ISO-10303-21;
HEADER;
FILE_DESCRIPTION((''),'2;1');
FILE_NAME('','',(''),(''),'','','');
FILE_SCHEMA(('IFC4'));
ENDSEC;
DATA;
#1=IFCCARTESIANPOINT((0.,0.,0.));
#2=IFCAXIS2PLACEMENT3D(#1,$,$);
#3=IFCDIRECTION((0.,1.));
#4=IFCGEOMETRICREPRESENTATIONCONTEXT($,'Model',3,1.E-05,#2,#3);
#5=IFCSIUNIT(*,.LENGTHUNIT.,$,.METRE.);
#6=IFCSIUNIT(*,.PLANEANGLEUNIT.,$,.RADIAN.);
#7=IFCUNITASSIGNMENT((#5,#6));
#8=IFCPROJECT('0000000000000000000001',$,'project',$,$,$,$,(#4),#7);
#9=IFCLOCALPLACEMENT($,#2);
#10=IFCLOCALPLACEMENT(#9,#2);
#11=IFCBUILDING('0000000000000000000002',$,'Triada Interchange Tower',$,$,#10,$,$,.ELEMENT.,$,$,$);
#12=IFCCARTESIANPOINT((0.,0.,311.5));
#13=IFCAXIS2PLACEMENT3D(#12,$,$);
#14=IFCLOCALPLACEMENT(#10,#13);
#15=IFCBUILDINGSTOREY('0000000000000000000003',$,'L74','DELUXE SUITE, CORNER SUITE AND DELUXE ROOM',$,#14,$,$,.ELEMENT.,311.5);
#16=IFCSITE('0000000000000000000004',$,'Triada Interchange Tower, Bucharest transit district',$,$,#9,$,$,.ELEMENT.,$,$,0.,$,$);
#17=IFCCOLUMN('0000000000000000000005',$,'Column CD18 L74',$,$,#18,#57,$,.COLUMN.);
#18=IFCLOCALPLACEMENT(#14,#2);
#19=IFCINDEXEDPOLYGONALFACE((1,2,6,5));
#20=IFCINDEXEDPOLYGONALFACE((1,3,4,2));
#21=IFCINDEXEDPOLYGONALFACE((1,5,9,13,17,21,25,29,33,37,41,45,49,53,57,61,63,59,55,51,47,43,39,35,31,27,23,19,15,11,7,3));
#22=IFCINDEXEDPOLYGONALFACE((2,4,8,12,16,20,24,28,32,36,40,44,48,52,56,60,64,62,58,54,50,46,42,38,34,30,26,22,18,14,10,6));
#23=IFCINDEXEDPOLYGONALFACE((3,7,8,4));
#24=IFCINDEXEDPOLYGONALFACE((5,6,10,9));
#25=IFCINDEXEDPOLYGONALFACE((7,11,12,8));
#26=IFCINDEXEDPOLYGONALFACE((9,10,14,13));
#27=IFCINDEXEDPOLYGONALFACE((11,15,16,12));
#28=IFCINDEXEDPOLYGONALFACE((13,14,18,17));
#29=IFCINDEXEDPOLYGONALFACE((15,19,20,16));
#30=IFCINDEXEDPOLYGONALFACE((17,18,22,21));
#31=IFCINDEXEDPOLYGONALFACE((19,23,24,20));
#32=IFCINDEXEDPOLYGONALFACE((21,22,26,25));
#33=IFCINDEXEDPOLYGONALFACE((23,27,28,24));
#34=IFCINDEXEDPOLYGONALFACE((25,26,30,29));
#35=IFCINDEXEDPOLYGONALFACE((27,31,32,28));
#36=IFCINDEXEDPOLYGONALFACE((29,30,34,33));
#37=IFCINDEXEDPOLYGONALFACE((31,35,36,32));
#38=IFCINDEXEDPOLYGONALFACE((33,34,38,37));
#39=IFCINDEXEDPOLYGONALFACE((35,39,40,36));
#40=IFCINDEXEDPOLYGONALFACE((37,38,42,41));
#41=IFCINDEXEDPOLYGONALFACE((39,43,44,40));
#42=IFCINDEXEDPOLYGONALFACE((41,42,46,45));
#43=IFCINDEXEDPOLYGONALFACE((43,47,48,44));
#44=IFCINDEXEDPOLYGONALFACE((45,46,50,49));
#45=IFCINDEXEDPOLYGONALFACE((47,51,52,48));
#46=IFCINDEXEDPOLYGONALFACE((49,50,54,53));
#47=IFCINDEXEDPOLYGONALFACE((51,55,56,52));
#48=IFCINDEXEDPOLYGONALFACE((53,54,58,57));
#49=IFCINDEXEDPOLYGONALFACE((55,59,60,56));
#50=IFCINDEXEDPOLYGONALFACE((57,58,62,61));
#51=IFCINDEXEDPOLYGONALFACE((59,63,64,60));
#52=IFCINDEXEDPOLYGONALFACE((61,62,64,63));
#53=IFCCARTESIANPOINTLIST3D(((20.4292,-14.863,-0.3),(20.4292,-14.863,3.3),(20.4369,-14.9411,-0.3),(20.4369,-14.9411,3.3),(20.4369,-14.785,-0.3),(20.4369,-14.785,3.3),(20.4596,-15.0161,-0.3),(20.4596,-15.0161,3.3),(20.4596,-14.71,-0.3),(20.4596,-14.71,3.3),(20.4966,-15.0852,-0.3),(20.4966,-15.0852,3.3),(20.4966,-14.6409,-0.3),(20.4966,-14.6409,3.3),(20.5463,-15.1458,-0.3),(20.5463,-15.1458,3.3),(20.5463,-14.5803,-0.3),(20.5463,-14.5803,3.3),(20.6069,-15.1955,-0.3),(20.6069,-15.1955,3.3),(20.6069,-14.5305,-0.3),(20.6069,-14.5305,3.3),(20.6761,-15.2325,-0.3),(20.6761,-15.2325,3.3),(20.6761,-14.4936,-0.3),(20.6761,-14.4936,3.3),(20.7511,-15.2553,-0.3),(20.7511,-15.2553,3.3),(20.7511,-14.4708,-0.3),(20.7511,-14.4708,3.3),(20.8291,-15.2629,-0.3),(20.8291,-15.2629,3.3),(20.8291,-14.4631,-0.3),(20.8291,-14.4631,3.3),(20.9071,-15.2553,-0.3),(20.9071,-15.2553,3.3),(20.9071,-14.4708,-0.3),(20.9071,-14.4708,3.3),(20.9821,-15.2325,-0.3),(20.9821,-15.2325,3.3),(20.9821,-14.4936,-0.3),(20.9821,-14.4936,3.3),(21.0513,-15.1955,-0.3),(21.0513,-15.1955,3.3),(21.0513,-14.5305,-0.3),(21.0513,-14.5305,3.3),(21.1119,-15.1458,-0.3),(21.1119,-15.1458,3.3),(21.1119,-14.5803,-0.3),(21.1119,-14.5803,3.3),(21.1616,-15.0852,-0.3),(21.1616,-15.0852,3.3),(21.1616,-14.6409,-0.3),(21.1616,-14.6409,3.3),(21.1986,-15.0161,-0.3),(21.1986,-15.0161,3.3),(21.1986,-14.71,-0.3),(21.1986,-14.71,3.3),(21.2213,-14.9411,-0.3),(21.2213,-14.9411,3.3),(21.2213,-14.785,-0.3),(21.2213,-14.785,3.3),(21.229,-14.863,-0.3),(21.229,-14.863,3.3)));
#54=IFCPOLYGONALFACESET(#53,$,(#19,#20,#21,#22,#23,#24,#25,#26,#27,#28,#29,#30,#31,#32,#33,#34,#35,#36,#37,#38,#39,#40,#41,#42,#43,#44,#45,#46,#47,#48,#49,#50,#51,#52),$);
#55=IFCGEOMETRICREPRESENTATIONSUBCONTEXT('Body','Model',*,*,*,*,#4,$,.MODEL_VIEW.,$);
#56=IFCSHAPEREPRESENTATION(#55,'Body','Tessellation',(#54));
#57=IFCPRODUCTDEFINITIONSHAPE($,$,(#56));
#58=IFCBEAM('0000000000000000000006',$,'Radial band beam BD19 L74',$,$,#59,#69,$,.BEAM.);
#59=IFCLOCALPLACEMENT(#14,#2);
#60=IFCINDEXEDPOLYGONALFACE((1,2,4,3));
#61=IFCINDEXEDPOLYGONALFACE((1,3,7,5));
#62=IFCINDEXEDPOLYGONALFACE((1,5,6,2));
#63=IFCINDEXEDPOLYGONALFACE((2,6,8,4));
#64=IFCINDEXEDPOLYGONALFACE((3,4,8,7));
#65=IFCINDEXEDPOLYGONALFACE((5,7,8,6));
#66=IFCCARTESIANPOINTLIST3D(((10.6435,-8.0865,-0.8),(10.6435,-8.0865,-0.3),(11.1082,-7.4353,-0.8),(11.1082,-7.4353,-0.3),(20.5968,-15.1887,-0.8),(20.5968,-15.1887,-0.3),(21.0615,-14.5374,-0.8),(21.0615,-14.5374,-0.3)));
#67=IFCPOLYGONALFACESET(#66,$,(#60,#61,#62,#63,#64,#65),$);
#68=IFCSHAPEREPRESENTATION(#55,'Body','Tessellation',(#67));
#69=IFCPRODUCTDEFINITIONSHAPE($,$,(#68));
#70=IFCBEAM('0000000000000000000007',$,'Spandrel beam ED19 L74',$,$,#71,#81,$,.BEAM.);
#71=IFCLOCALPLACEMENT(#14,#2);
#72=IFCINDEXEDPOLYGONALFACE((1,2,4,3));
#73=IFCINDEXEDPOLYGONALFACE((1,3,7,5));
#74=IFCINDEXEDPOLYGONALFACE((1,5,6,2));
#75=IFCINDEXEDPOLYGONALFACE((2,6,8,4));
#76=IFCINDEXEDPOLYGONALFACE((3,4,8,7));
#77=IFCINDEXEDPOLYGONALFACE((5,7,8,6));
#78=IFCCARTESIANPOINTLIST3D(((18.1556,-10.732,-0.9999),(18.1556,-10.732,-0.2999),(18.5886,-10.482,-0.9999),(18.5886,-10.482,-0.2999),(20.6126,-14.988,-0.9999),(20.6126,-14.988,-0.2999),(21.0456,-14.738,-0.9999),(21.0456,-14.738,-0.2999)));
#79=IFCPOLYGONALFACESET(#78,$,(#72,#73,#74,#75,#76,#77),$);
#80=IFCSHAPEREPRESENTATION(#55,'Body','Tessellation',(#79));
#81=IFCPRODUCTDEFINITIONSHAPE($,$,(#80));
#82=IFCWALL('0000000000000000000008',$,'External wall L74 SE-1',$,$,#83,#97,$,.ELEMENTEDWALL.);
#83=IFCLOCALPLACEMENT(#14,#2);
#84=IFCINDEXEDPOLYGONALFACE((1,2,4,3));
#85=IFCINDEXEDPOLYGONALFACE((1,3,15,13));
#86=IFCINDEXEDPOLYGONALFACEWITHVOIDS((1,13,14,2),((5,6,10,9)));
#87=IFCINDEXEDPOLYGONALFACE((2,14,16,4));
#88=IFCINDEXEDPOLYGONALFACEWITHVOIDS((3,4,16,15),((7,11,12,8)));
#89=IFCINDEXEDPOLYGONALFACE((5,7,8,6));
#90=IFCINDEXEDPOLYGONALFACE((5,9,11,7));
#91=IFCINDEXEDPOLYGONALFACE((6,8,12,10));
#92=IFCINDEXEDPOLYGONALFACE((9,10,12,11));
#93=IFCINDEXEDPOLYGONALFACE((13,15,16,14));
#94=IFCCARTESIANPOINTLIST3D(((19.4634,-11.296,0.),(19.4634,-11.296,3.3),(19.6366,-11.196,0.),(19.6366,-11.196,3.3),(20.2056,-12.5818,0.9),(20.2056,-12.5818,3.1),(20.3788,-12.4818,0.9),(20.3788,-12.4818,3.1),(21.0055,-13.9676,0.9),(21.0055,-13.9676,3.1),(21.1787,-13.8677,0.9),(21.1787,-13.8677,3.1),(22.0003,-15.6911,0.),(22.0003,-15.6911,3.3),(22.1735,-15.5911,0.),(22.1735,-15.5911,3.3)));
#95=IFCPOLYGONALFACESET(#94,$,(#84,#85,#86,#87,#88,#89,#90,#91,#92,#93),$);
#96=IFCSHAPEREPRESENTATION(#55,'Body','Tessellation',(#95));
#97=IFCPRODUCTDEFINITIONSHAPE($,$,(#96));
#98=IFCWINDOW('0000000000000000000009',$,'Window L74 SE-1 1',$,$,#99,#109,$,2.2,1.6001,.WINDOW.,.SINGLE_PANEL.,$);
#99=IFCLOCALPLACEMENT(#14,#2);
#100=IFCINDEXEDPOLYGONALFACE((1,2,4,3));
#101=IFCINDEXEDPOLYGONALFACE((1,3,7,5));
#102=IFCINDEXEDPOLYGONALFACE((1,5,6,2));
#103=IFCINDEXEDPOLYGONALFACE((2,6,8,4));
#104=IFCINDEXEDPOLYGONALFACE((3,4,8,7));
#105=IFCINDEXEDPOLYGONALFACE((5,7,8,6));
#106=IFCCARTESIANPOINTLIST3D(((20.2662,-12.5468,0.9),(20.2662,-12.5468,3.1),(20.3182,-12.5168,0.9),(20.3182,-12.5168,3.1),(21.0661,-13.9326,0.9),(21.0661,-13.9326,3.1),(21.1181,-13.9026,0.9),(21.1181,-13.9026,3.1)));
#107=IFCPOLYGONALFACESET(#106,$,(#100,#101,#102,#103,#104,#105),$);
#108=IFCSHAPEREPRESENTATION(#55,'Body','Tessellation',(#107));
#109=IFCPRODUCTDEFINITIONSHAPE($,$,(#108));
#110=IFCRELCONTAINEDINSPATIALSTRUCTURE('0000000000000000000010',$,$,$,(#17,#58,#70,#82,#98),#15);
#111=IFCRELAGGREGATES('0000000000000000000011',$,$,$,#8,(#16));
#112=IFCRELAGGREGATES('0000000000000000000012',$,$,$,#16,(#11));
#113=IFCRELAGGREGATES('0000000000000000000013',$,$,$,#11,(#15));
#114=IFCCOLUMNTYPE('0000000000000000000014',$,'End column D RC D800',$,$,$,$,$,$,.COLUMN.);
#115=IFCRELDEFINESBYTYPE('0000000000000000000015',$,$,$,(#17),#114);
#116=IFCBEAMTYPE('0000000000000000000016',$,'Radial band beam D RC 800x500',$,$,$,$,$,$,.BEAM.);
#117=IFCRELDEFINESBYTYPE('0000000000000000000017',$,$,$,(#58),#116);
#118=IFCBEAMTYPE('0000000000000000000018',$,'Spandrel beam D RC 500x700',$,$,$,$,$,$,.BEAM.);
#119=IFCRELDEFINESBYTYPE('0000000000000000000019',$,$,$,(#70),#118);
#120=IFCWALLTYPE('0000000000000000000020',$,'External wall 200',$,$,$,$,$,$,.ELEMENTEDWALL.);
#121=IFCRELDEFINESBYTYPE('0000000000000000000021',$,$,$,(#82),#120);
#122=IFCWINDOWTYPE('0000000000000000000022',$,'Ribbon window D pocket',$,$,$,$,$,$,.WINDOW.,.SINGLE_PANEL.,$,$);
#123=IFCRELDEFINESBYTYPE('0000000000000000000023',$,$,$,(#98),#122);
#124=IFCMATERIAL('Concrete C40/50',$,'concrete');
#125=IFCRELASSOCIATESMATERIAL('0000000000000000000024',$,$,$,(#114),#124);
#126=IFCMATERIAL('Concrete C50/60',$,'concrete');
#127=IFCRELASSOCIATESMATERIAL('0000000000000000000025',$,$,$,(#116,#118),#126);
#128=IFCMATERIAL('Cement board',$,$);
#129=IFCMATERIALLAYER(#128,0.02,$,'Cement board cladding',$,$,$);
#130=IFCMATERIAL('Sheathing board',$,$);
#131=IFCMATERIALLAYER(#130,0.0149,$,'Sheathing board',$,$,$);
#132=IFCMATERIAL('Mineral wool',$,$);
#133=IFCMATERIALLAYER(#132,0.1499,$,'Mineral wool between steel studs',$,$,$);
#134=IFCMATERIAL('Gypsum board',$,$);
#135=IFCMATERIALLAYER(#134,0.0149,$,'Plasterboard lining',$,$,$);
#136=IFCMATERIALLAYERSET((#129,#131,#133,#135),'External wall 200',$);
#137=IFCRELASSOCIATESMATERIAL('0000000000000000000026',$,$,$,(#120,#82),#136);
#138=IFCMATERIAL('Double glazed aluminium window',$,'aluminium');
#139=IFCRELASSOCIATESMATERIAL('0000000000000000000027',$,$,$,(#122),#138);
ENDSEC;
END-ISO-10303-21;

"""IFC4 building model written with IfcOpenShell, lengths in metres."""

from ifc_helpers import new_model, si_unit, direction, frame, frame_2d, origin, origin_2d, place, context, subcontext, project, spatial, rectangle, circle, extrude, material, layer, layer_set, layer_usage, material_profile, profile_set, type_object, element, fill, save


model = new_model("IFC4")

# Units and contexts
model_context = context("Model", 3, precision=1e-05, world=origin(), true_north=direction((0.0, 1.0)))
body_context = subcontext(model_context, "Body", "Model", "MODEL_VIEW")
ifc_project = project(units=[si_unit("LENGTHUNIT", "METRE"), si_unit("PLANEANGLEUNIT", "RADIAN")], contexts=[model_context])

# Site, building, storey
site_placement = place(None, origin())
site = spatial("IfcSite", under=ifc_project, at=site_placement, Name="Triada Interchange Tower, Bucharest transit district", CompositionType="ELEMENT", RefElevation=0.0)
building_placement = place(site_placement, origin())
building = spatial("IfcBuilding", under=site, at=building_placement, Name="Triada Interchange Tower", CompositionType="ELEMENT")
storey_placement = place(building_placement, frame((0.0, 0.0, 311.5)))
storey = spatial("IfcBuildingStorey", under=building, at=storey_placement, Name="L74", Description="DELUXE SUITE, CORNER SUITE AND DELUXE ROOM", CompositionType="ELEMENT", Elevation=311.5)

# Column
ifc_material_1 = material(Name="Concrete C40/50", Category="concrete")
ifc_material_profile_1 = material_profile(ifc_material_1, circle(Radius=0.3999, at=origin_2d()), Name="RC D800")
ifc_profile_set_1 = profile_set([ifc_material_profile_1], Name="Concrete C40/50")
column_type = type_object("IfcColumnType", Name="End column D RC D800", PredefinedType="COLUMN", material=ifc_profile_set_1)
column_placement = place(storey_placement, frame((20.8291, -14.863, -0.3), z_axis=(0.0, 0.0, 1.0), x_axis=(1.0, 0.0, 0.0)))
element("IfcColumn", 1, at=column_placement, inside=storey, type_object=column_type, Name="Column CD18 L74", PredefinedType="COLUMN", context=body_context, shape_type="SweptSolid", body=[
    extrude(circle(Radius=0.3999, at=origin_2d()), origin(), (0.0, 0.0, 1.0), 3.6001),
])

# Beams
ifc_material_2 = material(Name="Concrete C50/60", Category="concrete")
ifc_material_profile_2 = material_profile(ifc_material_2, rectangle(XDim=0.8, YDim=0.5, at=origin_2d()), Name="RC 800x500")
ifc_profile_set_2 = profile_set([ifc_material_profile_2], Name="Concrete C50/60")
beam_type_1 = type_object("IfcBeamType", Name="Radial band beam D RC 800x500", PredefinedType="BEAM", material=ifc_profile_set_2)
beam_1_placement = place(storey_placement, frame((20.8291, -14.863, -0.55), z_axis=(-0.814017, 0.580841, 0.0), x_axis=(-0.580841, -0.814017, 0.0)))
element("IfcBeam", 2, at=beam_1_placement, inside=storey, type_object=beam_type_1, Name="Radial band beam BD19 L74", PredefinedType="BEAM", context=body_context, shape_type="SweptSolid", body=[
    extrude(rectangle(XDim=0.8, YDim=0.5, at=origin_2d()), origin(), (0.0, 0.0, 1.0), 12.2273),
])
ifc_material_profile_3 = material_profile(ifc_material_2, rectangle(XDim=0.5, YDim=0.7, at=origin_2d()), Name="RC 500x700")
ifc_profile_set_3 = profile_set([ifc_material_profile_3], Name="Concrete C50/60")
beam_type_2 = type_object("IfcBeamType", Name="Spandrel beam D RC 500x700", PredefinedType="BEAM", material=ifc_profile_set_3)
beam_2_placement = place(storey_placement, frame((20.8291, -14.863, -0.6499), z_axis=(-0.499965, 0.866046, 0.0), x_axis=(-0.866046, -0.499965, 0.0)))
element("IfcBeam", 3, at=beam_2_placement, inside=storey, type_object=beam_type_2, Name="Spandrel beam ED19 L74", PredefinedType="BEAM", context=body_context, shape_type="SweptSolid", body=[
    extrude(rectangle(XDim=0.5, YDim=0.7, at=origin_2d()), origin(), (0.0, 0.0, 1.0), 4.9143),
])

# Wall, opening, window
ifc_material_3 = material(Name="Cement board")
ifc_layer_1 = layer(ifc_material_3, 0.02, Name="Cement board cladding")
ifc_material_4 = material(Name="Sheathing board")
ifc_layer_2 = layer(ifc_material_4, 0.0149, Name="Sheathing board")
ifc_material_5 = material(Name="Mineral wool")
ifc_layer_3 = layer(ifc_material_5, 0.1499, Name="Mineral wool between steel studs")
ifc_material_6 = material(Name="Gypsum board")
ifc_layer_4 = layer(ifc_material_6, 0.0149, Name="Plasterboard lining")
ifc_layer_set_1 = layer_set([ifc_layer_1, ifc_layer_2, ifc_layer_3, ifc_layer_4], Name="External wall 200")
ifc_layer_usage = layer_usage(ifc_layer_set_1, "AXIS2", "POSITIVE", -0.1001)
wall_type = type_object("IfcWallType", Name="External wall 200", PredefinedType="ELEMENTEDWALL", material=ifc_layer_set_1)
wall_1_placement = place(storey_placement, frame((22.0869, -15.6411, 0.0), z_axis=(0.0, 0.0, 1.0), x_axis=(-0.499911, 0.866077, 0.0)))
wall_1 = element("IfcWall", 4, at=wall_1_placement, inside=storey, type_object=wall_type, material=ifc_layer_usage, Name="External wall L74 SE-1", PredefinedType="ELEMENTEDWALL", context=body_context, shape_type="SweptSolid", body=[
    extrude(rectangle(XDim=5.0747, YDim=0.2, at=frame_2d((2.5374, 0.0))), origin(), (0.0, 0.0, 1.0), 3.3),
])
opening_1_placement = place(wall_1_placement, frame((1.99, 0.0, 0.8999)))
opening_1 = element("IfcOpeningElement", 5, at=opening_1_placement, cuts=wall_1, PredefinedType="OPENING", context=body_context, shape_type="SweptSolid", body=[
    extrude(rectangle(XDim=1.6001, YDim=2.2, at=frame_2d((0.8, 1.1001))), frame((0.0, 0.1099, 0.0), z_axis=(0.0, -1.0, 0.0), x_axis=(1.0, 0.0, 0.0)), (0.0, 0.0, 1.0), 0.22),
])
ifc_material_7 = material(Name="Double glazed aluminium window", Category="aluminium")
window_type_1 = type_object("IfcWindowType", Name="Ribbon window D pocket", PartitioningType="SINGLE_PANEL", PredefinedType="WINDOW", material=ifc_material_7)
window_1_placement = place(opening_1_placement, origin())
window_1 = element("IfcWindow", 6, at=window_1_placement, inside=storey, type_object=window_type_1, Name="Window L74 SE-1 1", OverallHeight=2.2, OverallWidth=1.6001, PartitioningType="SINGLE_PANEL", PredefinedType="WINDOW", context=body_context, shape_type="SweptSolid", body=[
    extrude(rectangle(XDim=1.6001, YDim=2.2, at=frame_2d((0.8, 1.1001))), frame((0.0, 0.03, 0.0), z_axis=(0.0, -1.0, 0.0), x_axis=(1.0, 0.0, 0.0)), (0.0, 0.0, 1.0), 0.0601),
])
fill(opening_1, window_1)

save(model, "model.ifc")
